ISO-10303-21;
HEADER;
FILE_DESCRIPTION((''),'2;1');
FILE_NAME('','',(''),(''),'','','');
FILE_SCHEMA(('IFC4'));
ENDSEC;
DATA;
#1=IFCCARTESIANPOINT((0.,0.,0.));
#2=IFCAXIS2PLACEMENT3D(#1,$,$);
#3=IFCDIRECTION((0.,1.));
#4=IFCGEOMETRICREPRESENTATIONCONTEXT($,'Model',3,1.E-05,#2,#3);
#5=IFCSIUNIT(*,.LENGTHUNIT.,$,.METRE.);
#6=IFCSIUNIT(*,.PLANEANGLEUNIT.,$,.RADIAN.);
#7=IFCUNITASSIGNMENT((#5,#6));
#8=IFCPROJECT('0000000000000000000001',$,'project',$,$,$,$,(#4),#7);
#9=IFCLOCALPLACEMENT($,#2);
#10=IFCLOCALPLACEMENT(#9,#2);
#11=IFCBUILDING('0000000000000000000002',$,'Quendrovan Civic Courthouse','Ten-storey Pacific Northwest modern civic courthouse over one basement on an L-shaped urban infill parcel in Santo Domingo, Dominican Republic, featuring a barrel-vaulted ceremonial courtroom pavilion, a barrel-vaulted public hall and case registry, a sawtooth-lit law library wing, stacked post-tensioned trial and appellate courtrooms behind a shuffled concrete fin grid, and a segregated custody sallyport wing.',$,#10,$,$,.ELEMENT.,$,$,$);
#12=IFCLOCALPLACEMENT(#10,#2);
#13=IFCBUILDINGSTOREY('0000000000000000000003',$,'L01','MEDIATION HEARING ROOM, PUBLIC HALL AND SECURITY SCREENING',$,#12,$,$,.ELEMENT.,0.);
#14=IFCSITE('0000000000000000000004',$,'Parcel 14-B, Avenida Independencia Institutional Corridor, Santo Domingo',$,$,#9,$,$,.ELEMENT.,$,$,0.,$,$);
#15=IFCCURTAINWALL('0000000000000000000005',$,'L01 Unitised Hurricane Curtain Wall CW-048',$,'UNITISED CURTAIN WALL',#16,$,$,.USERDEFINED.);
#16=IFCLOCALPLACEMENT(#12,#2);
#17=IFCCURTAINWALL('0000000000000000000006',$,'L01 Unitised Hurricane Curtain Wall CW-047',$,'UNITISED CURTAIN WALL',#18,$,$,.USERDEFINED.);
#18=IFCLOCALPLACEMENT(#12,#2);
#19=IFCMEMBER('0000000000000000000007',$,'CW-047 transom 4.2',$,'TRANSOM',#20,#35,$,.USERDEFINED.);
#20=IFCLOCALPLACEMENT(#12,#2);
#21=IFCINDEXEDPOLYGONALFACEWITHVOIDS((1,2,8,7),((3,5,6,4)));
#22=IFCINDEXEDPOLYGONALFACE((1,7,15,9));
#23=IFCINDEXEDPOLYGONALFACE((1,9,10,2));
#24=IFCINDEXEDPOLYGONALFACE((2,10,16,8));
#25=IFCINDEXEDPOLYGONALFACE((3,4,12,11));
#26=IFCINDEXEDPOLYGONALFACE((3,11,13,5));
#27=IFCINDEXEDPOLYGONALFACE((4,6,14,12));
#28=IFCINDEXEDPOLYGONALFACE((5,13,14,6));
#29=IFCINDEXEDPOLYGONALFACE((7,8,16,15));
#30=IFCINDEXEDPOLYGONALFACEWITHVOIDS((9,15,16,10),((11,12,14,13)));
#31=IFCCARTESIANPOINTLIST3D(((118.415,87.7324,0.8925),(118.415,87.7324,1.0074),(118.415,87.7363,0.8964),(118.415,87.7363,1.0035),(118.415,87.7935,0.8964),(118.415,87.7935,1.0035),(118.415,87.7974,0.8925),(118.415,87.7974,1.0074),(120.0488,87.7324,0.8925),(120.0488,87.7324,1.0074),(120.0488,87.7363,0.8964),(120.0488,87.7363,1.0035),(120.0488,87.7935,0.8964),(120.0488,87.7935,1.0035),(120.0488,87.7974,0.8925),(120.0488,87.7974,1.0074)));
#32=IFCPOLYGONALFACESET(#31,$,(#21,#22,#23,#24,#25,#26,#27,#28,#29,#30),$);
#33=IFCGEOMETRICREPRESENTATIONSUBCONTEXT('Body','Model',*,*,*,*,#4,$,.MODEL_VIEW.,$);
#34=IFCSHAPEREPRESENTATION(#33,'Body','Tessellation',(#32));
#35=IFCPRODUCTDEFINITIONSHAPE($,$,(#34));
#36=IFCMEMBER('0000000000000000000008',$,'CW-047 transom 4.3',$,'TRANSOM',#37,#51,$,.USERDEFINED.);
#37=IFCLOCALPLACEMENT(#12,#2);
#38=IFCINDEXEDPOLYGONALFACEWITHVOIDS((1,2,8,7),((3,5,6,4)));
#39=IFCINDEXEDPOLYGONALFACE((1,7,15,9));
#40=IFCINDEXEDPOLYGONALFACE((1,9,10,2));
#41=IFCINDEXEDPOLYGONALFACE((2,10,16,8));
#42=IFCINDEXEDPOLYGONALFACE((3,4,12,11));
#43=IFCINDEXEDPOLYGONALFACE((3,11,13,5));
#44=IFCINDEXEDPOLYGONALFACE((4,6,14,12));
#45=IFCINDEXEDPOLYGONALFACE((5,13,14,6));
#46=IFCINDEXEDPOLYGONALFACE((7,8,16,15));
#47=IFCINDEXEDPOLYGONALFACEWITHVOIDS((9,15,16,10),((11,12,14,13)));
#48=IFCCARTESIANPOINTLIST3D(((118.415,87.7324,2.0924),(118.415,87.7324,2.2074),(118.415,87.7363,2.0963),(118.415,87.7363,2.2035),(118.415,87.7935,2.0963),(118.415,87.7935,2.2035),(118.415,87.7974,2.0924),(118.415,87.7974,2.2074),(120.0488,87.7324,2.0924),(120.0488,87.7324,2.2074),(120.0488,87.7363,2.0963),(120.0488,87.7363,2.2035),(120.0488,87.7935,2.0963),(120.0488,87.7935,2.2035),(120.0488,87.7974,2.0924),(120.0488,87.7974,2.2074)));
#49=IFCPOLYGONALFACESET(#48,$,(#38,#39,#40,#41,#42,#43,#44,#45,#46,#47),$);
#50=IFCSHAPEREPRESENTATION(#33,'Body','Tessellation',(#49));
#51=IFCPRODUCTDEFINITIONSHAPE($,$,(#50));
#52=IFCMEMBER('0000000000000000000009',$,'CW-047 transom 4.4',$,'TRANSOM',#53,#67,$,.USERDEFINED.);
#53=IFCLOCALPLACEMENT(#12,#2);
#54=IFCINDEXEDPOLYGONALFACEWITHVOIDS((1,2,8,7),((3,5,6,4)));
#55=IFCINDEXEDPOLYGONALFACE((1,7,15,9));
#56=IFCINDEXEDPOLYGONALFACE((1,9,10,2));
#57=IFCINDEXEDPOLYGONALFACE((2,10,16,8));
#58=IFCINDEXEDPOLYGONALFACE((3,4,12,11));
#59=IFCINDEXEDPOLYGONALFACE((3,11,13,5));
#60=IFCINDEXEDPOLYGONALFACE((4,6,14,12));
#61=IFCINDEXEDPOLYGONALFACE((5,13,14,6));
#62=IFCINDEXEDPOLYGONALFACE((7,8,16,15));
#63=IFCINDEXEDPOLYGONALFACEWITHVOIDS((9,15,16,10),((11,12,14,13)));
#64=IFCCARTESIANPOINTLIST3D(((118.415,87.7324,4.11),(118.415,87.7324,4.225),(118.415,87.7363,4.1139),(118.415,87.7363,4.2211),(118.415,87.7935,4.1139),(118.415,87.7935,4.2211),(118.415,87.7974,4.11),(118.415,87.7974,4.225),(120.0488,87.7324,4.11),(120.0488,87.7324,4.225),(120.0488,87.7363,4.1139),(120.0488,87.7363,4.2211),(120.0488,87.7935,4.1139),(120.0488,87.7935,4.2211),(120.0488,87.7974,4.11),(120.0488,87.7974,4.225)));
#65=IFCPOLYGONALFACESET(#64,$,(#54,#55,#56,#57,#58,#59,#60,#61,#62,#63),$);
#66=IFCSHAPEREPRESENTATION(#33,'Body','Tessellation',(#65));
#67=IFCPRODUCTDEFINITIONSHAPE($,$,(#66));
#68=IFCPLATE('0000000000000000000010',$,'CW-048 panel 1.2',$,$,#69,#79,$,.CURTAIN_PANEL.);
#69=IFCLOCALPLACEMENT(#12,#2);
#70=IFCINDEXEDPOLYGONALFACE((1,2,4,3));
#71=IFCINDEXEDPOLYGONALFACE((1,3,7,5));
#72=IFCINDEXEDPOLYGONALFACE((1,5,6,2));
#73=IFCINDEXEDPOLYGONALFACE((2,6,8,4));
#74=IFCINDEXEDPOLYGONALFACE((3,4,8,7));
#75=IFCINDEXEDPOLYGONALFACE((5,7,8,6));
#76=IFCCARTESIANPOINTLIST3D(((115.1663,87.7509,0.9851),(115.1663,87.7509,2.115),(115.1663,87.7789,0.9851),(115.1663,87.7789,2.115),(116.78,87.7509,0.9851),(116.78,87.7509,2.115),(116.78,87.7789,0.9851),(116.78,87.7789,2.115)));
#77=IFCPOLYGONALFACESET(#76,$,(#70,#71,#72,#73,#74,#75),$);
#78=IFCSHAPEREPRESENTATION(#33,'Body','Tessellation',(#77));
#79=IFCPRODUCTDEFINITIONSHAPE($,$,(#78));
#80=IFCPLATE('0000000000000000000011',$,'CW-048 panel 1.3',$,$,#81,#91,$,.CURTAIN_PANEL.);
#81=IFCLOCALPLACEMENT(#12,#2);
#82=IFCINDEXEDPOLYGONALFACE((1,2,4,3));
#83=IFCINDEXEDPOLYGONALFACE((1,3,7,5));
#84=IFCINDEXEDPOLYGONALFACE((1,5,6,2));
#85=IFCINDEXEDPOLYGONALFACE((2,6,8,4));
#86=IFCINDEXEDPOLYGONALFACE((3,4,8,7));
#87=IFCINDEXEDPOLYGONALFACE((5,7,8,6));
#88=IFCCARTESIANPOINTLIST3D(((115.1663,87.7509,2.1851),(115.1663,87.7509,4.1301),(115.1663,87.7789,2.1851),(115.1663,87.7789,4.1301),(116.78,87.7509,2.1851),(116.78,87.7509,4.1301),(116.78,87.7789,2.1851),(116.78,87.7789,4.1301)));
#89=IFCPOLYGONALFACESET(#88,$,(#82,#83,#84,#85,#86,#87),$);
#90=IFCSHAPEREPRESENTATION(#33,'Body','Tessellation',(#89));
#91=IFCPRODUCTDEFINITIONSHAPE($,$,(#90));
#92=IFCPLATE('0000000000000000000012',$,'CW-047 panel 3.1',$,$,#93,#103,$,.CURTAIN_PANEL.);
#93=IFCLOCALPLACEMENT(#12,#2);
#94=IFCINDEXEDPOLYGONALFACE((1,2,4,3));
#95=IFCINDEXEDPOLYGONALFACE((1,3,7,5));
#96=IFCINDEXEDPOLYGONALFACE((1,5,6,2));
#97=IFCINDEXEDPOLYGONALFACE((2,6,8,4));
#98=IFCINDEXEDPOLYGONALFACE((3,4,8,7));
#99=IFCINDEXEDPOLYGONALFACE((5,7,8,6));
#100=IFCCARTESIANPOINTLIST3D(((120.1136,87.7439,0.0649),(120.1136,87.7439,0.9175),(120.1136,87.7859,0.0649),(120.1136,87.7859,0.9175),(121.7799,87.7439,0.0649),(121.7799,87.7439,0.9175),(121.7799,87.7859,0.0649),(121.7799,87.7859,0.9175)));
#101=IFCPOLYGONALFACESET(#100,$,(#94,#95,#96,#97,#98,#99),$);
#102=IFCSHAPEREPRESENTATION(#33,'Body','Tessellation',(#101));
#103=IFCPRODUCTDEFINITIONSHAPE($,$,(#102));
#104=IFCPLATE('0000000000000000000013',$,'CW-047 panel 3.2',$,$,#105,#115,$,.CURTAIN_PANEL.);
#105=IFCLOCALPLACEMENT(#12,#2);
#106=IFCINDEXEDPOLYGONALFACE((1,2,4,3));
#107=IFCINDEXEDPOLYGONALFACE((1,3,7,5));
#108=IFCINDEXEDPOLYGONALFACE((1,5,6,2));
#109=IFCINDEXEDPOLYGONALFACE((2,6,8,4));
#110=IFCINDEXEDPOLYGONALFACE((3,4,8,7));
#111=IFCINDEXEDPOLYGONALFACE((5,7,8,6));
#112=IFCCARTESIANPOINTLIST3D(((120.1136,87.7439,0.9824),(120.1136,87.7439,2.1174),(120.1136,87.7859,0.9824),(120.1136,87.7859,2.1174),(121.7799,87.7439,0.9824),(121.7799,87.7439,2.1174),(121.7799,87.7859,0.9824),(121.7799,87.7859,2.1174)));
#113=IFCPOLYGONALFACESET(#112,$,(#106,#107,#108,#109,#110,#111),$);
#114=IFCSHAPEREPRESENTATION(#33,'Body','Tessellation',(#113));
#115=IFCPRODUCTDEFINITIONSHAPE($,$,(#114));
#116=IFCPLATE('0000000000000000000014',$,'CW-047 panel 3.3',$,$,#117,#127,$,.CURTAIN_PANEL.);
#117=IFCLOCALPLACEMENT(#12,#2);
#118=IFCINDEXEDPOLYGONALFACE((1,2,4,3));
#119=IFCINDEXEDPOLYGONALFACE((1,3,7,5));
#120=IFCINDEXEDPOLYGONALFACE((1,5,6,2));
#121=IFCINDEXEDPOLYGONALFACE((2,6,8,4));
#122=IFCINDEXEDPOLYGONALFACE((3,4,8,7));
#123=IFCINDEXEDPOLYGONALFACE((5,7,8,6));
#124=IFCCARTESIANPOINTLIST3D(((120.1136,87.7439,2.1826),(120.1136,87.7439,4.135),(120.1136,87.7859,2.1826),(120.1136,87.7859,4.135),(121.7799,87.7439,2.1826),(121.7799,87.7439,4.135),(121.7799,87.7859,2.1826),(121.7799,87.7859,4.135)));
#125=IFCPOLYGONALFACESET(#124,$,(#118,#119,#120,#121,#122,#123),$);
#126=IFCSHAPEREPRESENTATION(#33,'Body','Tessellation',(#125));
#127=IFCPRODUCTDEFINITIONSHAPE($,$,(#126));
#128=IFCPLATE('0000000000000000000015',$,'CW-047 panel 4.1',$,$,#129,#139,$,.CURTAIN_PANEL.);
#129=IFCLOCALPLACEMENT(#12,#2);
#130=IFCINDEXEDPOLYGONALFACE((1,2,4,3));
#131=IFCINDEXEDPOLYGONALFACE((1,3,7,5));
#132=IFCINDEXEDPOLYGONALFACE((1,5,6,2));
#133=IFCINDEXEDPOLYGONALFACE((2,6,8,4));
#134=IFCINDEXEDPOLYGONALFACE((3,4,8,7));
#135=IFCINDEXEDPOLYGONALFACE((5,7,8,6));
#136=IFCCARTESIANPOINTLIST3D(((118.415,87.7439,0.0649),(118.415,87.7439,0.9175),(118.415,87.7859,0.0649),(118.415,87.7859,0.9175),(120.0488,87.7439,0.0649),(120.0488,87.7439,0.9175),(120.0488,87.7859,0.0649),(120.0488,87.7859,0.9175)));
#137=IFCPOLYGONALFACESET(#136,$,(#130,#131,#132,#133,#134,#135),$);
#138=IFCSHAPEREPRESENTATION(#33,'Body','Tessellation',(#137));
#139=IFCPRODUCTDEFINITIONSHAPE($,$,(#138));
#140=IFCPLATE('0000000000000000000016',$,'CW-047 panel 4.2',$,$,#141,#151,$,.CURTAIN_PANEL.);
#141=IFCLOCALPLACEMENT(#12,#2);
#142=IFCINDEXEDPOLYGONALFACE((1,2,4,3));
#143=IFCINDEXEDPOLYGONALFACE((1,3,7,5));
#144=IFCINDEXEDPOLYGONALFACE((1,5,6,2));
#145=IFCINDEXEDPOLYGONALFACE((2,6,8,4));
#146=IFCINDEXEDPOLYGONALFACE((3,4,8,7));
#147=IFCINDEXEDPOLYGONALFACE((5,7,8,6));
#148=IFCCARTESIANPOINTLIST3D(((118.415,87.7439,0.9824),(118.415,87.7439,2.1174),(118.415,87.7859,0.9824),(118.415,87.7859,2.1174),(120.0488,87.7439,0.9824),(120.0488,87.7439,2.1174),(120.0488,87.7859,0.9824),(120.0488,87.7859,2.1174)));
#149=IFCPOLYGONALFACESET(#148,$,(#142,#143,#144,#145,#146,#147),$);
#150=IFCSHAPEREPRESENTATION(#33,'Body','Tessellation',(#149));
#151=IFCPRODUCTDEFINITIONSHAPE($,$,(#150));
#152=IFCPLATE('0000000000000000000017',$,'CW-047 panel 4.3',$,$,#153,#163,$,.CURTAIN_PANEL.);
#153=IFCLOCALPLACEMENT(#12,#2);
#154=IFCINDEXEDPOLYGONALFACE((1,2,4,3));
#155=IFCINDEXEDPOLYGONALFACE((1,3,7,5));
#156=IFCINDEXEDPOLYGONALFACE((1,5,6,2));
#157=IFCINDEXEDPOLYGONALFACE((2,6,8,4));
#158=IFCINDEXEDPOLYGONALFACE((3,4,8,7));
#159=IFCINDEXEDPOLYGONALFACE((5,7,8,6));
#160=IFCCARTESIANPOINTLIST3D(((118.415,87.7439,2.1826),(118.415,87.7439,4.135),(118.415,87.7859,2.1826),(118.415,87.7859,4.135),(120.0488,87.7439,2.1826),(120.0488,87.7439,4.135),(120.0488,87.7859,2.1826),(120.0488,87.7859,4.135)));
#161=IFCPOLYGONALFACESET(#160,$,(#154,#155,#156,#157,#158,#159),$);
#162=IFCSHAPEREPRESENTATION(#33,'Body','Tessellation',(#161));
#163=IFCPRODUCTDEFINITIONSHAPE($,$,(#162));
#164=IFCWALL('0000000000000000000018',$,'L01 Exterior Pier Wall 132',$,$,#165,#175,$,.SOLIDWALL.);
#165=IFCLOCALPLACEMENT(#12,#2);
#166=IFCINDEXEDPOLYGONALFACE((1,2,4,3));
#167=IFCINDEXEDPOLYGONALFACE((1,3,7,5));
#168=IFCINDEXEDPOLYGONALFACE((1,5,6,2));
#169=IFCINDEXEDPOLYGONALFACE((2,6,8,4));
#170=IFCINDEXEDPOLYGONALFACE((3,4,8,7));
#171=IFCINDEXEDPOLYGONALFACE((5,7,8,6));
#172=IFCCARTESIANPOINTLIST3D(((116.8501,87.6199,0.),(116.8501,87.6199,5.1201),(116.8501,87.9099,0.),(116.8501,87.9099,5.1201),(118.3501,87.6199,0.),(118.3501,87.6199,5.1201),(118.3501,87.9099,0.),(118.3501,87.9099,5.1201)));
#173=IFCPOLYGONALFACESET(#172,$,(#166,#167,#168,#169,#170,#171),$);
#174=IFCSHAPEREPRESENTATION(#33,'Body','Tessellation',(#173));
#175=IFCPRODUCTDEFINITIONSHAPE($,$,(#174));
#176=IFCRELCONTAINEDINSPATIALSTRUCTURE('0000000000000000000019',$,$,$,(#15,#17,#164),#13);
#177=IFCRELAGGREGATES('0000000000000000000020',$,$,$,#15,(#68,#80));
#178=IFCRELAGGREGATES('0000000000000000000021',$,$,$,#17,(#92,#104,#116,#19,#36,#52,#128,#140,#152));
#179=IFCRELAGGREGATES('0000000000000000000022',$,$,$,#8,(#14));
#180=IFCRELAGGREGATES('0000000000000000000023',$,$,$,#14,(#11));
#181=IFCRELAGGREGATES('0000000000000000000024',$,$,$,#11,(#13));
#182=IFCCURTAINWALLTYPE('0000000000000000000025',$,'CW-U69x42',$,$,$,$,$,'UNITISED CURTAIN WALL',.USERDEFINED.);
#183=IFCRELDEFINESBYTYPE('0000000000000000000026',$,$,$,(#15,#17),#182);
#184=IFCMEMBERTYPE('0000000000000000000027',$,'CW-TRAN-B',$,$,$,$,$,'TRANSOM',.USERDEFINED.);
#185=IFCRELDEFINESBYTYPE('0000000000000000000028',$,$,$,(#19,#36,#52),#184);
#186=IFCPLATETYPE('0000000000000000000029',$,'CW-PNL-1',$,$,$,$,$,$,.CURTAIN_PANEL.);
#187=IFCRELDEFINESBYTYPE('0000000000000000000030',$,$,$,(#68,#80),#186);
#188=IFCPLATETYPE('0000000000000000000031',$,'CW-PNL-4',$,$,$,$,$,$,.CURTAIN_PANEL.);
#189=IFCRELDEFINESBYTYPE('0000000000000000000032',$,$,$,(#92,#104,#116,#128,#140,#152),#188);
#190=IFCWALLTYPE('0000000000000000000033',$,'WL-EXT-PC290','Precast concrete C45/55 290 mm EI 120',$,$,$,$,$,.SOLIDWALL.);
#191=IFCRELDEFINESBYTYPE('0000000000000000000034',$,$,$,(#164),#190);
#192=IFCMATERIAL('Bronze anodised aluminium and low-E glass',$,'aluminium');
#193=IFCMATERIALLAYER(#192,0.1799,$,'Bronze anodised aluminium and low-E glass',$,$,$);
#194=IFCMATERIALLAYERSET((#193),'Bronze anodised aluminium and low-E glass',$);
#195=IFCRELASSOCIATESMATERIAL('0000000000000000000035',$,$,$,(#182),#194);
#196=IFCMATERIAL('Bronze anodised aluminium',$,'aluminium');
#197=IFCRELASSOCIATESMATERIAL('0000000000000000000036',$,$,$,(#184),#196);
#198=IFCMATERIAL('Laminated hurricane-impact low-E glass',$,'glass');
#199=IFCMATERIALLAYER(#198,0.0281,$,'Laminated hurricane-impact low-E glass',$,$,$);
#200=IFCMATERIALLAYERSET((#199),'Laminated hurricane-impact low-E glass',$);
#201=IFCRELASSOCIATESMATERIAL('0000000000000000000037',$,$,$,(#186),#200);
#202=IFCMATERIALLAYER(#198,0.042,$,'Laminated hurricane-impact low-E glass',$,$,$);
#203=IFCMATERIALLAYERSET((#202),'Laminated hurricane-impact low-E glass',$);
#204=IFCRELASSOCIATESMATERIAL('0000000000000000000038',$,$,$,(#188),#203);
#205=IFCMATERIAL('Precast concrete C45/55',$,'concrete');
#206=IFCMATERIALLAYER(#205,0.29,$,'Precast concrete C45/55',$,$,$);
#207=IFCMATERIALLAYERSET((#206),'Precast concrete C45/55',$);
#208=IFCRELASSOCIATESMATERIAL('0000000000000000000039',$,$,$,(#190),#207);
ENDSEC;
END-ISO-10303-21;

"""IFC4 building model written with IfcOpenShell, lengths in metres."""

from ifc_helpers import new_model, si_unit, direction, frame, frame_2d, origin, origin_2d, place, context, subcontext, project, spatial, rectangle, hollow_rectangle, extrude, material, layer, layer_set, material_profile, profile_set, type_object, element, aggregate, save


model = new_model("IFC4")

# Units and contexts
model_context = context("Model", 3, precision=1e-05, world=origin(), true_north=direction((0.0, 1.0)))
body_context = subcontext(model_context, "Body", "Model", "MODEL_VIEW")
ifc_project = project(units=[si_unit("LENGTHUNIT", "METRE"), si_unit("PLANEANGLEUNIT", "RADIAN")], contexts=[model_context])

# Site, building, storey
site_placement = place(None, origin())
site = spatial("IfcSite", under=ifc_project, at=site_placement, Name="Parcel 14-B, Avenida Independencia Institutional Corridor, Santo Domingo", CompositionType="ELEMENT", RefElevation=0.0)
building_placement = place(site_placement, origin())
building = spatial("IfcBuilding", under=site, at=building_placement, Name="Quendrovan Civic Courthouse", Description="Ten-storey Pacific Northwest modern civic courthouse over one basement on an L-shaped urban infill parcel in Santo Domingo, Dominican Republic, featuring a barrel-vaulted ceremonial courtroom pavilion, a barrel-vaulted public hall and case registry, a sawtooth-lit law library wing, stacked post-tensioned trial and appellate courtrooms behind a shuffled concrete fin grid, and a segregated custody sallyport wing.", CompositionType="ELEMENT")
storey_placement = place(building_placement, origin())
storey = spatial("IfcBuildingStorey", under=building, at=storey_placement, Name="L01", Description="MEDIATION HEARING ROOM, PUBLIC HALL AND SECURITY SCREENING", CompositionType="ELEMENT", Elevation=0.0)

# Curtain wall
ifc_material_1 = material(Name="Bronze anodised aluminium and low-E glass", Category="aluminium")
ifc_layer_1 = layer(ifc_material_1, 0.1799, Name="Bronze anodised aluminium and low-E glass")
ifc_layer_set_1 = layer_set([ifc_layer_1], Name="Bronze anodised aluminium and low-E glass")
curtain_wall_type = type_object("IfcCurtainWallType", Name="CW-U69x42", ElementType="UNITISED CURTAIN WALL", PredefinedType="USERDEFINED", material=ifc_layer_set_1)
curtain_wall_1_placement = place(storey_placement, origin())
curtain_wall_1 = element("IfcCurtainWall", 1, at=curtain_wall_1_placement, inside=storey, type_object=curtain_wall_type, Name="L01 Unitised Hurricane Curtain Wall CW-048", ObjectType="UNITISED CURTAIN WALL", PredefinedType="USERDEFINED")
ifc_material_2 = material(Name="Bronze anodised aluminium", Category="aluminium")

# Curtain wall
curtain_wall_2_placement = place(storey_placement, origin())
curtain_wall_2 = element("IfcCurtainWall", 2, at=curtain_wall_2_placement, inside=storey, type_object=curtain_wall_type, Name="L01 Unitised Hurricane Curtain Wall CW-047", ObjectType="UNITISED CURTAIN WALL", PredefinedType="USERDEFINED")

# Members
ifc_material_profile_1 = material_profile(ifc_material_2, hollow_rectangle(XDim=0.0649, YDim=0.115, WallThickness=0.0039, at=origin_2d()), Name="CW-TRAN-65x115")
ifc_profile_set_1 = profile_set([ifc_material_profile_1], Name="Bronze anodised aluminium")
member_type_1 = type_object("IfcMemberType", Name="CW-TRAN-B", ElementType="TRANSOM", PredefinedType="USERDEFINED", material=ifc_profile_set_1)
member_1_placement = place(storey_placement, frame((120.0488, 87.7649, 0.95), z_axis=(-1.0, 0.0, 0.0), x_axis=(0.0, -1.0, 0.0)))
member_1 = element("IfcMember", 3, at=member_1_placement, type_object=member_type_1, Name="CW-047 transom 4.2", ObjectType="TRANSOM", PredefinedType="USERDEFINED", context=body_context, shape_type="SweptSolid", body=[
    extrude(hollow_rectangle(XDim=0.0649, YDim=0.115, WallThickness=0.0039, at=origin_2d()), origin(), (0.0, 0.0, 1.0), 1.6338),
])
member_2_placement = place(storey_placement, frame((120.0488, 87.7649, 2.1499), z_axis=(-1.0, 0.0, 0.0), x_axis=(0.0, -1.0, 0.0)))
member_2 = element("IfcMember", 4, at=member_2_placement, type_object=member_type_1, Name="CW-047 transom 4.3", ObjectType="TRANSOM", PredefinedType="USERDEFINED", context=body_context, shape_type="SweptSolid", body=[
    extrude(hollow_rectangle(XDim=0.0649, YDim=0.115, WallThickness=0.0039, at=origin_2d()), origin(), (0.0, 0.0, 1.0), 1.6338),
])
member_3_placement = place(storey_placement, frame((120.0488, 87.7649, 4.1675), z_axis=(-1.0, 0.0, 0.0), x_axis=(0.0, -1.0, 0.0)))
member_3 = element("IfcMember", 5, at=member_3_placement, type_object=member_type_1, Name="CW-047 transom 4.4", ObjectType="TRANSOM", PredefinedType="USERDEFINED", context=body_context, shape_type="SweptSolid", body=[
    extrude(hollow_rectangle(XDim=0.0649, YDim=0.115, WallThickness=0.0039, at=origin_2d()), origin(), (0.0, 0.0, 1.0), 1.6338),
])

# Plates
ifc_material_3 = material(Name="Laminated hurricane-impact low-E glass", Category="glass")
ifc_layer_2 = layer(ifc_material_3, 0.0281, Name="Laminated hurricane-impact low-E glass")
ifc_layer_set_2 = layer_set([ifc_layer_2], Name="Laminated hurricane-impact low-E glass")
plate_type_1 = type_object("IfcPlateType", Name="CW-PNL-1", PredefinedType="CURTAIN_PANEL", material=ifc_layer_set_2)
plate_1_placement = place(storey_placement, frame((115.9731, 87.7649, 0.9851), z_axis=(0.0, 0.0, 1.0), x_axis=(-1.0, 0.0, 0.0)))
plate_1 = element("IfcPlate", 6, at=plate_1_placement, type_object=plate_type_1, Name="CW-048 panel 1.2", PredefinedType="CURTAIN_PANEL", context=body_context, shape_type="SweptSolid", body=[
    extrude(rectangle(XDim=1.6138, YDim=0.0281, at=origin_2d()), origin(), (0.0, 0.0, 1.0), 1.1299),
])
plate_2_placement = place(storey_placement, frame((115.9731, 87.7649, 2.1851), z_axis=(0.0, 0.0, 1.0), x_axis=(-1.0, 0.0, 0.0)))
plate_2 = element("IfcPlate", 7, at=plate_2_placement, type_object=plate_type_1, Name="CW-048 panel 1.3", PredefinedType="CURTAIN_PANEL", context=body_context, shape_type="SweptSolid", body=[
    extrude(rectangle(XDim=1.6138, YDim=0.0281, at=origin_2d()), origin(), (0.0, 0.0, 1.0), 1.9451),
])
aggregate(curtain_wall_1, [plate_1, plate_2])
ifc_layer_3 = layer(ifc_material_3, 0.042, Name="Laminated hurricane-impact low-E glass")
ifc_layer_set_3 = layer_set([ifc_layer_3], Name="Laminated hurricane-impact low-E glass")
plate_type_2 = type_object("IfcPlateType", Name="CW-PNL-4", PredefinedType="CURTAIN_PANEL", material=ifc_layer_set_3)
plate_3_placement = place(storey_placement, frame((120.9468, 87.7649, 0.0649), z_axis=(0.0, 0.0, 1.0), x_axis=(-1.0, 0.0, 0.0)))
plate_3 = element("IfcPlate", 8, at=plate_3_placement, type_object=plate_type_2, Name="CW-047 panel 3.1", PredefinedType="CURTAIN_PANEL", context=body_context, shape_type="SweptSolid", body=[
    extrude(rectangle(XDim=1.6663, YDim=0.042, at=origin_2d()), origin(), (0.0, 0.0, 1.0), 0.8525),
])
plate_4_placement = place(storey_placement, frame((120.9468, 87.7649, 0.9824), z_axis=(0.0, 0.0, 1.0), x_axis=(-1.0, 0.0, 0.0)))
plate_4 = element("IfcPlate", 9, at=plate_4_placement, type_object=plate_type_2, Name="CW-047 panel 3.2", PredefinedType="CURTAIN_PANEL", context=body_context, shape_type="SweptSolid", body=[
    extrude(rectangle(XDim=1.6663, YDim=0.042, at=origin_2d()), origin(), (0.0, 0.0, 1.0), 1.135),
])
plate_5_placement = place(storey_placement, frame((120.9468, 87.7649, 2.1826), z_axis=(0.0, 0.0, 1.0), x_axis=(-1.0, 0.0, 0.0)))
plate_5 = element("IfcPlate", 10, at=plate_5_placement, type_object=plate_type_2, Name="CW-047 panel 3.3", PredefinedType="CURTAIN_PANEL", context=body_context, shape_type="SweptSolid", body=[
    extrude(rectangle(XDim=1.6663, YDim=0.042, at=origin_2d()), origin(), (0.0, 0.0, 1.0), 1.9524),
])
plate_6_placement = place(storey_placement, frame((119.2319, 87.7649, 0.0649), z_axis=(0.0, 0.0, 1.0), x_axis=(-1.0, 0.0, 0.0)))
plate_6 = element("IfcPlate", 11, at=plate_6_placement, type_object=plate_type_2, Name="CW-047 panel 4.1", PredefinedType="CURTAIN_PANEL", context=body_context, shape_type="SweptSolid", body=[
    extrude(rectangle(XDim=1.6338, YDim=0.042, at=origin_2d()), origin(), (0.0, 0.0, 1.0), 0.8525),
])
plate_7_placement = place(storey_placement, frame((119.2319, 87.7649, 0.9824), z_axis=(0.0, 0.0, 1.0), x_axis=(-1.0, 0.0, 0.0)))
plate_7 = element("IfcPlate", 12, at=plate_7_placement, type_object=plate_type_2, Name="CW-047 panel 4.2", PredefinedType="CURTAIN_PANEL", context=body_context, shape_type="SweptSolid", body=[
    extrude(rectangle(XDim=1.6338, YDim=0.042, at=origin_2d()), origin(), (0.0, 0.0, 1.0), 1.135),
])
plate_8_placement = place(storey_placement, frame((119.2319, 87.7649, 2.1826), z_axis=(0.0, 0.0, 1.0), x_axis=(-1.0, 0.0, 0.0)))
plate_8 = element("IfcPlate", 13, at=plate_8_placement, type_object=plate_type_2, Name="CW-047 panel 4.3", PredefinedType="CURTAIN_PANEL", context=body_context, shape_type="SweptSolid", body=[
    extrude(rectangle(XDim=1.6338, YDim=0.042, at=origin_2d()), origin(), (0.0, 0.0, 1.0), 1.9524),
])
aggregate(curtain_wall_2, [plate_3, plate_4, plate_5, member_1, member_2, member_3, plate_6, plate_7, plate_8])

# Wall
ifc_material_4 = material(Name="Precast concrete C45/55", Category="concrete")
ifc_layer_4 = layer(ifc_material_4, 0.29, Name="Precast concrete C45/55")
ifc_layer_set_4 = layer_set([ifc_layer_4], Name="Precast concrete C45/55")
wall_type = type_object("IfcWallType", Name="WL-EXT-PC290", Description="Precast concrete C45/55 290 mm EI 120", PredefinedType="SOLIDWALL", material=ifc_layer_set_4)
wall_placement = place(storey_placement, frame((118.3501, 87.7649, 0.0), z_axis=(0.0, 0.0, 1.0), x_axis=(-1.0, 0.0, 0.0)))
element("IfcWall", 14, at=wall_placement, inside=storey, type_object=wall_type, Name="L01 Exterior Pier Wall 132", PredefinedType="SOLIDWALL", context=body_context, shape_type="SweptSolid", body=[
    extrude(rectangle(XDim=1.5, YDim=0.29, at=frame_2d((0.75, 0.0))), origin(), (0.0, 0.0, 1.0), 5.1201),
])

save(model, "model.ifc")
